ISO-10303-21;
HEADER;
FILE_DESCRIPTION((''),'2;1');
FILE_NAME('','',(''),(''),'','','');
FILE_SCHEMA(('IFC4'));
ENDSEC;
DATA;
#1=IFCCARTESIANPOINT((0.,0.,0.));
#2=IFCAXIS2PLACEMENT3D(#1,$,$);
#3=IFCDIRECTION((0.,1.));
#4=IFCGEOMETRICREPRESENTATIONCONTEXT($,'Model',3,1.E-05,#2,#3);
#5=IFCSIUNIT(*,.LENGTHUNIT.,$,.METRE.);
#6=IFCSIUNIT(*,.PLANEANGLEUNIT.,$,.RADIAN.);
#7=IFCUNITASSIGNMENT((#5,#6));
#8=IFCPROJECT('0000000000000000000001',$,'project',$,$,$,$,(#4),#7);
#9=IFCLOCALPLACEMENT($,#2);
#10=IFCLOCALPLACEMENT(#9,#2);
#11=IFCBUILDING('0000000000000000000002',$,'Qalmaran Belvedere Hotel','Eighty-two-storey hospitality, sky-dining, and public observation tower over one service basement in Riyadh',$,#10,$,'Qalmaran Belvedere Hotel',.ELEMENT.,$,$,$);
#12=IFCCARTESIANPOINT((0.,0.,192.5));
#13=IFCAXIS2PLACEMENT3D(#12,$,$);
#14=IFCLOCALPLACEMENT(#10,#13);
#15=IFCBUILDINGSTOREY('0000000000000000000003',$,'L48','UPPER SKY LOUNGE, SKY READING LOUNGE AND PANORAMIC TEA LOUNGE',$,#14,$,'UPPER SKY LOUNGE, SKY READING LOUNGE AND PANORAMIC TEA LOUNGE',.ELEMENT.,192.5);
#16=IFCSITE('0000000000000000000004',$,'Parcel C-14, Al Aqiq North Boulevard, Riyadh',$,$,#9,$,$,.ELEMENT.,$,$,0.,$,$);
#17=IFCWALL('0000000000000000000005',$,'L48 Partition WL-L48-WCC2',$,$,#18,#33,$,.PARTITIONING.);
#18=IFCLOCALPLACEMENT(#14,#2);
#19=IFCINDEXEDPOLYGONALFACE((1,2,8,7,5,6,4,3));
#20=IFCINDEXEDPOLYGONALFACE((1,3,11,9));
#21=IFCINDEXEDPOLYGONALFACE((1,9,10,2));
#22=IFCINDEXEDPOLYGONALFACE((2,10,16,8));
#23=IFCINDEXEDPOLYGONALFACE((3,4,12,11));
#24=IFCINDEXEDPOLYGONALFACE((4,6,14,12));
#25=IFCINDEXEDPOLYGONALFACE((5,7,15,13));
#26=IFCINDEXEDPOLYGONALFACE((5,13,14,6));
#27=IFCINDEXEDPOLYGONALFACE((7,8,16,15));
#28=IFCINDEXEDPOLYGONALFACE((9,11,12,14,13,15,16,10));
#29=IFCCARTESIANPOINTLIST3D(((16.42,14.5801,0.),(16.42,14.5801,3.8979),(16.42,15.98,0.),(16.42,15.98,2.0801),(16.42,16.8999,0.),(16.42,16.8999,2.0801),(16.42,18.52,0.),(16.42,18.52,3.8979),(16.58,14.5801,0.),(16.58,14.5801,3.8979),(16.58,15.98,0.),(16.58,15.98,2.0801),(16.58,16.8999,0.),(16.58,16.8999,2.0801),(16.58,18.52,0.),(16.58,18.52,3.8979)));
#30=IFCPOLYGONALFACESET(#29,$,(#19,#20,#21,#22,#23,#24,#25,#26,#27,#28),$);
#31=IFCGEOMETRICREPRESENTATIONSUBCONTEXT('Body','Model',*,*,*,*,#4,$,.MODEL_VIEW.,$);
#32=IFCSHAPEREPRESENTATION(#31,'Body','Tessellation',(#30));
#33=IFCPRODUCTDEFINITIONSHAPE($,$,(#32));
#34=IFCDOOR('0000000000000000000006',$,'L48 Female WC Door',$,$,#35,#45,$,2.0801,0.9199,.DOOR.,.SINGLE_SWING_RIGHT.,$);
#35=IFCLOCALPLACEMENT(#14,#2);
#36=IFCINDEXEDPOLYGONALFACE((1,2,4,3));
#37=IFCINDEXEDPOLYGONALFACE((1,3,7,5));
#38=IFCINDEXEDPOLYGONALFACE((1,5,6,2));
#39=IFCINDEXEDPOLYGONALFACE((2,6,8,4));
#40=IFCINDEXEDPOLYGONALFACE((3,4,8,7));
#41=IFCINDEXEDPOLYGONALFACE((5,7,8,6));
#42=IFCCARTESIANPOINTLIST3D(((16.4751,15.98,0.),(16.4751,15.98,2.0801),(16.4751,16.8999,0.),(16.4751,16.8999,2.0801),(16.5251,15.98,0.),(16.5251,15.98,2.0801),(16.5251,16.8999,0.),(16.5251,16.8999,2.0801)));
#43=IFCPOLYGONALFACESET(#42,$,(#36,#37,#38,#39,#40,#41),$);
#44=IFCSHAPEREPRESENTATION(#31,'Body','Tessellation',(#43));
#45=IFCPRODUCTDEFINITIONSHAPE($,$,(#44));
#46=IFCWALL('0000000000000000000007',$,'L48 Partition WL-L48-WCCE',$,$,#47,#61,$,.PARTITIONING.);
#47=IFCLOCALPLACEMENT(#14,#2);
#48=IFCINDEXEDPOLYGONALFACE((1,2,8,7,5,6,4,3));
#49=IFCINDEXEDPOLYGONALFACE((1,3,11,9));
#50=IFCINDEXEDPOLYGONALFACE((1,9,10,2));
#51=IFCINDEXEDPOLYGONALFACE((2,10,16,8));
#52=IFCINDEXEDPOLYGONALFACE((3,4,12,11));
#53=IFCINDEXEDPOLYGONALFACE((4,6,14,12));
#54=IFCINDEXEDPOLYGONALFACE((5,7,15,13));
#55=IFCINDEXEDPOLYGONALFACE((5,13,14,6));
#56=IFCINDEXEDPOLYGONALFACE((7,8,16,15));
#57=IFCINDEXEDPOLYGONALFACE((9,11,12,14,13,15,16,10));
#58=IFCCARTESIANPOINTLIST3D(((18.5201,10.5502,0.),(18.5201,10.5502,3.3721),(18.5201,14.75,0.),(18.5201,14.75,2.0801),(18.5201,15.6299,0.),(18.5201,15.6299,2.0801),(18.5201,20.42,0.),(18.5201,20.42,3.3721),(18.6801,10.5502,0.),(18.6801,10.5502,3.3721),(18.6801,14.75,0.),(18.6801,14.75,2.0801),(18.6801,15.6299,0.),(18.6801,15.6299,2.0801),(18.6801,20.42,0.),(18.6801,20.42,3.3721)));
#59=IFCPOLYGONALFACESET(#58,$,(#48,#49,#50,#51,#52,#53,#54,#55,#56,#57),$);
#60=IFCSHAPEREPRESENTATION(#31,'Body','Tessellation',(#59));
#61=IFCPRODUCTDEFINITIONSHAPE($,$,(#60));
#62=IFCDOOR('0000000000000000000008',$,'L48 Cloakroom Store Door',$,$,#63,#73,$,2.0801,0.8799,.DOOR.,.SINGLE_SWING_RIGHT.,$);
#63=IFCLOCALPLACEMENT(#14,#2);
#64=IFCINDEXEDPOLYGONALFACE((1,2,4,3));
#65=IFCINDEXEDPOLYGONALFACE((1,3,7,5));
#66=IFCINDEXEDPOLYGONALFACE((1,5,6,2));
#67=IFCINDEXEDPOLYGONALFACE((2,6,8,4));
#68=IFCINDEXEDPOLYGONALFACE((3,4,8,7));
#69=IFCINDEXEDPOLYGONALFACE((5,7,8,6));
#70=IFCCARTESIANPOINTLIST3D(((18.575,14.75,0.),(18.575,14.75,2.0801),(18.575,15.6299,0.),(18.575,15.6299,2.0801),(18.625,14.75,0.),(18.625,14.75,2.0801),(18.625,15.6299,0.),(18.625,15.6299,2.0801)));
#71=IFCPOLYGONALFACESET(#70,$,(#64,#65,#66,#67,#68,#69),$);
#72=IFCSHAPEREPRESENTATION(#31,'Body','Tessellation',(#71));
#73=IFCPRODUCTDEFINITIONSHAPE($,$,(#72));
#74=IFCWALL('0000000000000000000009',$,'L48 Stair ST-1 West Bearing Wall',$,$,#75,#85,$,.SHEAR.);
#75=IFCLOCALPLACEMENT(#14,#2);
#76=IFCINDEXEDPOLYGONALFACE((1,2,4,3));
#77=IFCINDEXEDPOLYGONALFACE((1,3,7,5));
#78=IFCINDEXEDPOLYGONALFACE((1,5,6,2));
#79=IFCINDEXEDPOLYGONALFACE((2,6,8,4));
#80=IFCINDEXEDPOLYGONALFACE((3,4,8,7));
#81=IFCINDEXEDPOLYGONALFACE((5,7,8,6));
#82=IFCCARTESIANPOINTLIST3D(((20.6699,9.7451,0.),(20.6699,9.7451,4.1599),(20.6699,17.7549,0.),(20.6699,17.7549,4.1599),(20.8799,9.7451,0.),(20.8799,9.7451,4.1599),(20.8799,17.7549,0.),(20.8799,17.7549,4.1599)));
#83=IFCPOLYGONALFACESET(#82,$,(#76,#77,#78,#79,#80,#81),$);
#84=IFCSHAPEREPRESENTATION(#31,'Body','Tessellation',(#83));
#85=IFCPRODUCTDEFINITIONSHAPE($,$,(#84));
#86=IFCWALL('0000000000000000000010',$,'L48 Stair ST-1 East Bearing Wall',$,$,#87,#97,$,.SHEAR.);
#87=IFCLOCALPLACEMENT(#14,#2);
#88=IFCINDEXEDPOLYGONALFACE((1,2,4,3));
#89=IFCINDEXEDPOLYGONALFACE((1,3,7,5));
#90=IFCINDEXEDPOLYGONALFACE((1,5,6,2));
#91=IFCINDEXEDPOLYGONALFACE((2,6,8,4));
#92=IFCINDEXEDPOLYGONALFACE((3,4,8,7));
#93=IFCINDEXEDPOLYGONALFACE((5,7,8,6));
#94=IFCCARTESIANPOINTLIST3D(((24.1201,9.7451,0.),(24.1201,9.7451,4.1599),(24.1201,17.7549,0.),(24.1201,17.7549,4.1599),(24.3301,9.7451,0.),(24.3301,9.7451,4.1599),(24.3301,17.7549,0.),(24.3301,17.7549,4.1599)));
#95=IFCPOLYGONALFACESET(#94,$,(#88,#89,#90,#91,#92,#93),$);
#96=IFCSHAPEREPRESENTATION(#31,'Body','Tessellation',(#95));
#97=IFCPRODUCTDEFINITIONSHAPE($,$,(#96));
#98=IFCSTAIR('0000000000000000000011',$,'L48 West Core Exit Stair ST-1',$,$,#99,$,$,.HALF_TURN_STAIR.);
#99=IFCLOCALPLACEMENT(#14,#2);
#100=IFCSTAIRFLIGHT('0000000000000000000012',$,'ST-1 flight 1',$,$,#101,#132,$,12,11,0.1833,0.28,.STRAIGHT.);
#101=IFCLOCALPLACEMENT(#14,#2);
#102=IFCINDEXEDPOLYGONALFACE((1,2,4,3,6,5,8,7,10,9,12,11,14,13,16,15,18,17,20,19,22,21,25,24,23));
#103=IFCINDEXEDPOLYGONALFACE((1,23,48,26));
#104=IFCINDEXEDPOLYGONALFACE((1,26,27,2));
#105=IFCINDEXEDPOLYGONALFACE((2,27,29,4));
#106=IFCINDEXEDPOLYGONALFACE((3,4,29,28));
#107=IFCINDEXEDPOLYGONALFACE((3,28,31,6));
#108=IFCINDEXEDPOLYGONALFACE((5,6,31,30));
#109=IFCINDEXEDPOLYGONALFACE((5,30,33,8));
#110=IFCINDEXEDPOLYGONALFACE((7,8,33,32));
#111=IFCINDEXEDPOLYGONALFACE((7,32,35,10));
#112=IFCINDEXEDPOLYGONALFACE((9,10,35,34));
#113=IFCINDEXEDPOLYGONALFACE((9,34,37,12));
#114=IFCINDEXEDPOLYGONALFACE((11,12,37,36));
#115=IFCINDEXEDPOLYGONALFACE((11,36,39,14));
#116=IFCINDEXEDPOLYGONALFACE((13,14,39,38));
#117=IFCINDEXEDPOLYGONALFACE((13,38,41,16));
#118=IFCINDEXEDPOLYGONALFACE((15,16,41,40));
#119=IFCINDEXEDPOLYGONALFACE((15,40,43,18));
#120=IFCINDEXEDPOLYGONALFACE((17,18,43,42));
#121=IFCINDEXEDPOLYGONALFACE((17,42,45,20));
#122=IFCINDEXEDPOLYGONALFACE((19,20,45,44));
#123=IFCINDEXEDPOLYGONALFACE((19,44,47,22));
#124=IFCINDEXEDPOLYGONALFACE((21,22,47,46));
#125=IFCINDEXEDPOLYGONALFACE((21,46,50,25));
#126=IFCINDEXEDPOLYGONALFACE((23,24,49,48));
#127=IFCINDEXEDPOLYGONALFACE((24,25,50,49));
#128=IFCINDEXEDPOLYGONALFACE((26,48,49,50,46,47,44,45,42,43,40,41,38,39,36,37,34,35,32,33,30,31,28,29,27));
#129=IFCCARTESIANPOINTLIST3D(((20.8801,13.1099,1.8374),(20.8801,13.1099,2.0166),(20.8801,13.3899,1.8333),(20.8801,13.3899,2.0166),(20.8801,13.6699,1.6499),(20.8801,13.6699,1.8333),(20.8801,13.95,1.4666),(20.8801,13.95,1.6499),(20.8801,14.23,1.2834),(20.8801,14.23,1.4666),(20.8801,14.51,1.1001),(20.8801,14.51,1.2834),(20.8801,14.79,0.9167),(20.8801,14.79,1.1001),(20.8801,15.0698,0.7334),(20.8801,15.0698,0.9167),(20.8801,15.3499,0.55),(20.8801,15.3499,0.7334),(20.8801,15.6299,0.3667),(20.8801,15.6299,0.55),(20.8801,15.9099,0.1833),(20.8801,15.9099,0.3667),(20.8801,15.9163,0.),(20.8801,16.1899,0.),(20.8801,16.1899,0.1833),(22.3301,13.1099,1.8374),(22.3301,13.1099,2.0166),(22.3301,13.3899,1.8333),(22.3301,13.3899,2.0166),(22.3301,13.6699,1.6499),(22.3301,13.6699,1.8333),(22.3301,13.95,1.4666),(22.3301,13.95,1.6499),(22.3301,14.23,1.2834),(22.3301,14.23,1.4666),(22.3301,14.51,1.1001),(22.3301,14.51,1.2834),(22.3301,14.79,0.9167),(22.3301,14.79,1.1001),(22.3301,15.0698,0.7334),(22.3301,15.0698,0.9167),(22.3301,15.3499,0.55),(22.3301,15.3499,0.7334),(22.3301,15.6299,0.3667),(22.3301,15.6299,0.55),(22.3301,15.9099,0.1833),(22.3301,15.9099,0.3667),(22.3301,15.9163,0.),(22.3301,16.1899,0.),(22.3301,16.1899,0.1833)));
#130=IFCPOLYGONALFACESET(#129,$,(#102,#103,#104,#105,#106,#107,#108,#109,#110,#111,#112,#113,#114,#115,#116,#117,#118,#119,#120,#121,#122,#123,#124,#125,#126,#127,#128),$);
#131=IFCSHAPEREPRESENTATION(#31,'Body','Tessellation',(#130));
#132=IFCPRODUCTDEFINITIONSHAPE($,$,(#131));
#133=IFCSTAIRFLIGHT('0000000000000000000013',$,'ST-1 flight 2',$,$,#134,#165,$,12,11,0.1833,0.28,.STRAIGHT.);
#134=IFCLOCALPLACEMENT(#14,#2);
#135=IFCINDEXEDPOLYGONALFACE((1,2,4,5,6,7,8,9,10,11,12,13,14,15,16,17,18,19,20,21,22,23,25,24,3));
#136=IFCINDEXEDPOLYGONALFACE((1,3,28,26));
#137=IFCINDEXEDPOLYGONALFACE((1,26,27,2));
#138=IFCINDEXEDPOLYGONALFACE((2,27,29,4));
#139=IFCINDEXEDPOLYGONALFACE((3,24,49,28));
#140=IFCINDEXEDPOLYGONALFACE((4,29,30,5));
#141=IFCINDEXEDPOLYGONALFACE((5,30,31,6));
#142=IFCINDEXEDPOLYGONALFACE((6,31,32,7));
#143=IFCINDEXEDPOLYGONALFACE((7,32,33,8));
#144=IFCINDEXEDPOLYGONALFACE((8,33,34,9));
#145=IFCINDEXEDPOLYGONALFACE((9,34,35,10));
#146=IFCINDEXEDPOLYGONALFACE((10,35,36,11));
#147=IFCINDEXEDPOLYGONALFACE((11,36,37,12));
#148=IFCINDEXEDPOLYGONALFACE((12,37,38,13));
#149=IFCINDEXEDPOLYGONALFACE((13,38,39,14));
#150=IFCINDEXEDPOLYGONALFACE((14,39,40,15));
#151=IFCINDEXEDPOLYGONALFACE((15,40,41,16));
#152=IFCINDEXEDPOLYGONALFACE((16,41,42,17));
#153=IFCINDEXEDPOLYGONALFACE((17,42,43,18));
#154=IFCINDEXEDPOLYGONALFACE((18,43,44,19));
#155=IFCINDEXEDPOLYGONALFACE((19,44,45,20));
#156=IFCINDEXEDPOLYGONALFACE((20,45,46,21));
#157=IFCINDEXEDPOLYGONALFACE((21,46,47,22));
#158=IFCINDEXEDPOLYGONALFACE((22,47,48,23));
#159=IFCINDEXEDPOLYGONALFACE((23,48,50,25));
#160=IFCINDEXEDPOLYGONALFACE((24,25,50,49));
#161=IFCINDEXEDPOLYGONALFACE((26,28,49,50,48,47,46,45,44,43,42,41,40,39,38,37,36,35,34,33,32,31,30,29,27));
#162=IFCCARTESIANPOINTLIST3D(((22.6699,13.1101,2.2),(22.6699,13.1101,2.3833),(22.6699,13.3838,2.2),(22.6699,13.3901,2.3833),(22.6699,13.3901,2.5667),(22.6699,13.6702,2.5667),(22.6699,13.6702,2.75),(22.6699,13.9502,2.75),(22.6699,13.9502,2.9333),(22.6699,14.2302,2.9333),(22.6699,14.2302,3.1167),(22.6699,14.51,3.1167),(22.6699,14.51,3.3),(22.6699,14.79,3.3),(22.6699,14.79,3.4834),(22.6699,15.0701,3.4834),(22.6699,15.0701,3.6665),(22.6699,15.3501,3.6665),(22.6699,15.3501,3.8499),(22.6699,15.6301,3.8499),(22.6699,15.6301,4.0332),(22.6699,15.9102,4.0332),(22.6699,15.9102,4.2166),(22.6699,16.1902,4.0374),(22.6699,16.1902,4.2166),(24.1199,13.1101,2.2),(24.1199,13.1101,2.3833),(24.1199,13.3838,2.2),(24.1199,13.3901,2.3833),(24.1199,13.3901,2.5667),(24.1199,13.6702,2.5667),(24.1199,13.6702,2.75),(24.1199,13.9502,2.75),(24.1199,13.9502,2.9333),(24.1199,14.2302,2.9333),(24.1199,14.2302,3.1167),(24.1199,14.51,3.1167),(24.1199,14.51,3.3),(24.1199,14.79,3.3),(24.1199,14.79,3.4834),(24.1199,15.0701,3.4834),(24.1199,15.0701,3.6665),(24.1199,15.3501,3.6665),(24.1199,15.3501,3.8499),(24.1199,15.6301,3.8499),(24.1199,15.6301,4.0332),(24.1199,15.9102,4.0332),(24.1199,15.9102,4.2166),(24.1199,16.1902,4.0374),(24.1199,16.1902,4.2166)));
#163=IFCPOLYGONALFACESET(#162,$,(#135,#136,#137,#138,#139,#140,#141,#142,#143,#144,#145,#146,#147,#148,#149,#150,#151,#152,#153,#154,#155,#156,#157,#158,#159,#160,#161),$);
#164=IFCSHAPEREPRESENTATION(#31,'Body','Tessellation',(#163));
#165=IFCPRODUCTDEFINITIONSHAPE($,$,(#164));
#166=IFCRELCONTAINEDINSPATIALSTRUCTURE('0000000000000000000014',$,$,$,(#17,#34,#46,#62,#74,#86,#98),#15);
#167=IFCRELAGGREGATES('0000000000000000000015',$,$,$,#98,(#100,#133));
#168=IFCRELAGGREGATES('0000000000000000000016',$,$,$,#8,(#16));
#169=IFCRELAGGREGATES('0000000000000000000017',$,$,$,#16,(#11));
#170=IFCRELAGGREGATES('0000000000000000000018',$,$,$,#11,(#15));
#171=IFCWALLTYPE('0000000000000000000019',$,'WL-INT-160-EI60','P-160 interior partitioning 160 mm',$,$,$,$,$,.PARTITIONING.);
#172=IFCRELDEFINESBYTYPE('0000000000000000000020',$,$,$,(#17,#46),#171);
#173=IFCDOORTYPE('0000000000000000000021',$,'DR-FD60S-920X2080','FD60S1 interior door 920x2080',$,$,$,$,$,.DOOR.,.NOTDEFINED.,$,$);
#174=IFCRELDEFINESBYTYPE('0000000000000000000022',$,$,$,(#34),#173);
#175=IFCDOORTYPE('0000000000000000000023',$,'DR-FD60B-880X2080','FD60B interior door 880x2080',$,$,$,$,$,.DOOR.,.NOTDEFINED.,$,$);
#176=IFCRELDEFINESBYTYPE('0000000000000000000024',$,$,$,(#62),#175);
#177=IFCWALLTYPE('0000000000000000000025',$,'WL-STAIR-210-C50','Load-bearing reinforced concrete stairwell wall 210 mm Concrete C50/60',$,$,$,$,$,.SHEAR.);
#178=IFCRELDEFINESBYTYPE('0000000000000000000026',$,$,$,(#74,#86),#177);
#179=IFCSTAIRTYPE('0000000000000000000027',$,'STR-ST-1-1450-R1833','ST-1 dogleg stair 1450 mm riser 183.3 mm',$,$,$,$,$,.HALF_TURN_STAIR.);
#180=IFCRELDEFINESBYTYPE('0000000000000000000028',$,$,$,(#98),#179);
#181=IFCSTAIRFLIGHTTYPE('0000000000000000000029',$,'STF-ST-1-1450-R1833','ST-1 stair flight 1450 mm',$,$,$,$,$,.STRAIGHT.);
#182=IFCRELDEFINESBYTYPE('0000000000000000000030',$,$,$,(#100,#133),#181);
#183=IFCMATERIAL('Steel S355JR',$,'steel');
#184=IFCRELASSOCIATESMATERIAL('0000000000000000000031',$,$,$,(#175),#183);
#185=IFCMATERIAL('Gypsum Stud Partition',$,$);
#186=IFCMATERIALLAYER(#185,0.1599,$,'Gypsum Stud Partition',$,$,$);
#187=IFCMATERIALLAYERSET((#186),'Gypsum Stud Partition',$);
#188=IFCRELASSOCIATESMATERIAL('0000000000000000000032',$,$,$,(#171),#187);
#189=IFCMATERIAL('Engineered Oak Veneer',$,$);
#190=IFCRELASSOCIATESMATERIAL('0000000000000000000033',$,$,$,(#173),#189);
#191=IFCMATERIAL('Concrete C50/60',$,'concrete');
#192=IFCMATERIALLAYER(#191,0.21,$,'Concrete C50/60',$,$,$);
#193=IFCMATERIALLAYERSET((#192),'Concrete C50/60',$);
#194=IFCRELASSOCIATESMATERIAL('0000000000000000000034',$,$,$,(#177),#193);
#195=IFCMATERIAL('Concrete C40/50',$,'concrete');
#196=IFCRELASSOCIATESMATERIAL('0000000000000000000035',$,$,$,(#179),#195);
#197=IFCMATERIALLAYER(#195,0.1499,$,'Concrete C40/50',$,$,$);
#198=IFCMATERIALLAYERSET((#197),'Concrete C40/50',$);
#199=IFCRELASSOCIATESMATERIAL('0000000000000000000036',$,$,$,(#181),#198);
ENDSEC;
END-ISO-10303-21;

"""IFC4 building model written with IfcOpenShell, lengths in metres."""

from ifc_helpers import new_model, si_unit, direction, frame, frame_2d, origin, place, context, subcontext, project, spatial, polyline, rectangle, outline, extrude, material, layer, layer_set, type_object, element, fill, aggregate, save


model = new_model("IFC4")

# Units and contexts
model_context = context("Model", 3, precision=1e-05, world=origin(), true_north=direction((0.0, 1.0)))
body_context = subcontext(model_context, "Body", "Model", "MODEL_VIEW")
ifc_project = project(units=[si_unit("LENGTHUNIT", "METRE"), si_unit("PLANEANGLEUNIT", "RADIAN")], contexts=[model_context])

# Site, building, storey
site_placement = place(None, origin())
site = spatial("IfcSite", under=ifc_project, at=site_placement, Name="Parcel C-14, Al Aqiq North Boulevard, Riyadh", CompositionType="ELEMENT", RefElevation=0.0)
building_placement = place(site_placement, origin())
building = spatial("IfcBuilding", under=site, at=building_placement, Name="Qalmaran Belvedere Hotel", Description="Eighty-two-storey hospitality, sky-dining, and public observation tower over one service basement in Riyadh", LongName="Qalmaran Belvedere Hotel", CompositionType="ELEMENT")
storey_placement = place(building_placement, frame((0.0, 0.0, 192.5)))
storey = spatial("IfcBuildingStorey", under=building, at=storey_placement, Name="L48", Description="UPPER SKY LOUNGE, SKY READING LOUNGE AND PANORAMIC TEA LOUNGE", LongName="UPPER SKY LOUNGE, SKY READING LOUNGE AND PANORAMIC TEA LOUNGE", CompositionType="ELEMENT", Elevation=192.5)

# Shared definitions
ifc_material_1 = material(Name="Gypsum Stud Partition")

# Shared definitions
ifc_material_2 = material(Name="Steel S355JR", Category="steel")
door_type_1 = type_object("IfcDoorType", Name="DR-FD60B-880X2080", Description="FD60B interior door 880x2080", OperationType="NOTDEFINED", PredefinedType="DOOR", material=ifc_material_2)

# Shared definitions
ifc_layer_1 = layer(ifc_material_1, 0.1599, Name="Gypsum Stud Partition")
ifc_layer_set_1 = layer_set([ifc_layer_1], Name="Gypsum Stud Partition")
wall_type_1 = type_object("IfcWallType", Name="WL-INT-160-EI60", Description="P-160 interior partitioning 160 mm", PredefinedType="PARTITIONING", material=ifc_layer_set_1)
ifc_material_3 = material(Name="Engineered Oak Veneer")
door_type_2 = type_object("IfcDoorType", Name="DR-FD60S-920X2080", Description="FD60S1 interior door 920x2080", OperationType="NOTDEFINED", PredefinedType="DOOR", material=ifc_material_3)

# Walls, openings, doors
wall_1_placement = place(storey_placement, frame((16.5, 14.5801, 0.0), z_axis=(0.0, 0.0, 1.0), x_axis=(0.0, 1.0, 0.0)))
wall_1 = element("IfcWall", 1, at=wall_1_placement, inside=storey, type_object=wall_type_1, Name="L48 Partition WL-L48-WCC2", PredefinedType="PARTITIONING", context=body_context, shape_type="SweptSolid", body=[
    extrude(rectangle(XDim=3.9399, YDim=0.1599, at=frame_2d((1.97, 0.0))), origin(), (0.0, 0.0, 1.0), 3.8979),
])
opening_1_placement = place(wall_1_placement, frame((1.3999, 0.0, 0.0)))
opening_1 = element("IfcOpeningElement", 2, at=opening_1_placement, cuts=wall_1, PredefinedType="OPENING", context=body_context, shape_type="SweptSolid", body=[
    extrude(rectangle(XDim=0.9199, YDim=2.0801, at=frame_2d((0.46, 1.04))), frame((0.0, 0.0898, 0.0), z_axis=(0.0, -1.0, 0.0), x_axis=(1.0, 0.0, 0.0)), (0.0, 0.0, 1.0), 0.1799),
])
door_1_placement = place(opening_1_placement, origin())
door_1 = element("IfcDoor", 3, at=door_1_placement, inside=storey, type_object=door_type_2, Name="L48 Female WC Door", OperationType="SINGLE_SWING_RIGHT", OverallHeight=2.0801, OverallWidth=0.9199, PredefinedType="DOOR", context=body_context, shape_type="SweptSolid", body=[
    extrude(rectangle(XDim=0.9199, YDim=2.0801, at=frame_2d((0.46, 1.04))), frame((0.0, 0.0249, 0.0), z_axis=(0.0, -1.0, 0.0), x_axis=(1.0, 0.0, 0.0)), (0.0, 0.0, 1.0), 0.05),
])
fill(opening_1, door_1)
wall_2_placement = place(storey_placement, frame((18.6001, 10.55, 0.0), z_axis=(0.0, 0.0, 1.0), x_axis=(0.0, 1.0, 0.0)))
wall_2 = element("IfcWall", 4, at=wall_2_placement, inside=storey, type_object=wall_type_1, Name="L48 Partition WL-L48-WCCE", PredefinedType="PARTITIONING", context=body_context, shape_type="SweptSolid", body=[
    extrude(rectangle(XDim=9.8699, YDim=0.1599, at=frame_2d((4.9351, 0.0))), origin(), (0.0, 0.0, 1.0), 3.3721),
])
opening_2_placement = place(wall_2_placement, frame((5.0798, 0.0, 0.0), z_axis=(0.0, 0.0, 1.0), x_axis=(-1.0, 0.0, 0.0)))
opening_2 = element("IfcOpeningElement", 5, at=opening_2_placement, cuts=wall_2, PredefinedType="OPENING", context=body_context, shape_type="SweptSolid", body=[
    extrude(rectangle(XDim=0.8799, YDim=2.0801, at=frame_2d((0.4399, 1.04))), frame((0.0, 0.0898, 0.0), z_axis=(0.0, -1.0, 0.0), x_axis=(1.0, 0.0, 0.0)), (0.0, 0.0, 1.0), 0.1799),
])
door_2_placement = place(opening_2_placement, origin())
door_2 = element("IfcDoor", 6, at=door_2_placement, inside=storey, type_object=door_type_1, Name="L48 Cloakroom Store Door", OperationType="SINGLE_SWING_RIGHT", OverallHeight=2.0801, OverallWidth=0.8799, PredefinedType="DOOR", context=body_context, shape_type="SweptSolid", body=[
    extrude(rectangle(XDim=0.8799, YDim=2.0801, at=frame_2d((0.4399, 1.04))), frame((0.0, 0.0249, 0.0), z_axis=(0.0, -1.0, 0.0), x_axis=(1.0, 0.0, 0.0)), (0.0, 0.0, 1.0), 0.05),
])
fill(opening_2, door_2)

# Walls
ifc_material_4 = material(Name="Concrete C50/60", Category="concrete")
ifc_layer_2 = layer(ifc_material_4, 0.21, Name="Concrete C50/60")
ifc_layer_set_2 = layer_set([ifc_layer_2], Name="Concrete C50/60")
wall_type_2 = type_object("IfcWallType", Name="WL-STAIR-210-C50", Description="Load-bearing reinforced concrete stairwell wall 210 mm Concrete C50/60", PredefinedType="SHEAR", material=ifc_layer_set_2)
for number, where, z_axis, x_axis, name in (
    (7, (20.7749, 9.7451, 0.0), (0.0, 0.0, 1.0), (0.0, 1.0, 0.0), "L48 Stair ST-1 West Bearing Wall"),
    (8, (24.2251, 9.7451, 0.0), (0.0, 0.0, 1.0), (0.0, 1.0, 0.0), "L48 Stair ST-1 East Bearing Wall"),
):
    element("IfcWall", number, at=place(storey_placement, frame(where, z_axis=z_axis, x_axis=x_axis)), inside=storey, type_object=wall_type_2, Name=name, PredefinedType="SHEAR", context=body_context, shape_type="SweptSolid", body=[
        extrude(rectangle(XDim=8.0098, YDim=0.21, at=frame_2d((4.0049, 0.0))), origin(), (0.0, 0.0, 1.0), 4.1599),
    ])

# Stair, stair flights
ifc_material_5 = material(Name="Concrete C40/50", Category="concrete")
stair_type = type_object("IfcStairType", Name="STR-ST-1-1450-R1833", Description="ST-1 dogleg stair 1450 mm riser 183.3 mm", PredefinedType="HALF_TURN_STAIR", material=ifc_material_5)
stair_placement = place(storey_placement, origin())
stair = element("IfcStair", 9, at=stair_placement, inside=storey, type_object=stair_type, Name="L48 West Core Exit Stair ST-1", PredefinedType="HALF_TURN_STAIR")
ifc_layer_3 = layer(ifc_material_5, 0.1499, Name="Concrete C40/50")
ifc_layer_set_3 = layer_set([ifc_layer_3], Name="Concrete C40/50")
stair_flight_type = type_object("IfcStairFlightType", Name="STF-ST-1-1450-R1833", Description="ST-1 stair flight 1450 mm", PredefinedType="STRAIGHT", material=ifc_layer_set_3)
stair_flight_1_placement = place(storey_placement, frame((21.605, 16.1899, 0.0), z_axis=(0.0, 0.0, 1.0), x_axis=(0.0, -1.0, 0.0)))
stair_flight_1 = element("IfcStairFlight", 10, at=stair_flight_1_placement, type_object=stair_flight_type, Name="ST-1 flight 1", NumberOfRisers=12, NumberOfTreads=11, PredefinedType="STRAIGHT", RiserHeight=0.1833, TreadLength=0.28, context=body_context, shape_type="SweptSolid", body=[
    extrude(outline(polyline([(0.0, 0.0), (0.0, 0.1833), (0.28, 0.1833), (0.28, 0.3667), (0.5601, 0.3667), (0.5601, 0.55), (0.8401, 0.55), (0.8401, 0.7334), (1.1201, 0.7334), (1.1201, 0.9167), (1.3999, 0.9167), (1.3999, 1.1001), (1.6799, 1.1001), (1.6799, 1.2834), (1.96, 1.2834), (1.96, 1.4666), (2.24, 1.4666), (2.24, 1.6499), (2.52, 1.6499), (2.52, 1.8333), (2.8, 1.8333), (2.8, 2.0166), (3.0801, 2.0166), (3.0801, 2.2), (3.0801, 1.8374), (0.2737, 0.0), (0.0, 0.0)])), frame((0.0, 0.7251, 0.0), z_axis=(0.0, -1.0, 0.0), x_axis=(1.0, 0.0, 0.0)), (0.0, 0.0, 1.0), 1.45),
])
stair_flight_2_placement = place(storey_placement, frame((23.395, 13.1101, 2.2), z_axis=(0.0, 0.0, 1.0), x_axis=(0.0, 1.0, 0.0)))
stair_flight_2 = element("IfcStairFlight", 11, at=stair_flight_2_placement, type_object=stair_flight_type, Name="ST-1 flight 2", NumberOfRisers=12, NumberOfTreads=11, PredefinedType="STRAIGHT", RiserHeight=0.1833, TreadLength=0.28, context=body_context, shape_type="SweptSolid", body=[
    extrude(outline(polyline([(0.0, 0.0), (0.0, 0.1833), (0.28, 0.1833), (0.28, 0.3667), (0.5601, 0.3667), (0.5601, 0.55), (0.8401, 0.55), (0.8401, 0.7334), (1.1201, 0.7334), (1.1201, 0.9167), (1.3999, 0.9167), (1.3999, 1.1001), (1.6799, 1.1001), (1.6799, 1.2834), (1.96, 1.2834), (1.96, 1.4666), (2.24, 1.4666), (2.24, 1.6499), (2.52, 1.6499), (2.52, 1.8333), (2.8, 1.8333), (2.8, 2.0166), (3.0801, 2.0166), (3.0801, 2.2), (3.0801, 1.8374), (0.2737, 0.0), (0.0, 0.0)])), frame((0.0, 0.7251, 0.0), z_axis=(0.0, -1.0, 0.0), x_axis=(1.0, 0.0, 0.0)), (0.0, 0.0, 1.0), 1.45),
])
aggregate(stair, [stair_flight_1, stair_flight_2])

save(model, "model.ifc")
